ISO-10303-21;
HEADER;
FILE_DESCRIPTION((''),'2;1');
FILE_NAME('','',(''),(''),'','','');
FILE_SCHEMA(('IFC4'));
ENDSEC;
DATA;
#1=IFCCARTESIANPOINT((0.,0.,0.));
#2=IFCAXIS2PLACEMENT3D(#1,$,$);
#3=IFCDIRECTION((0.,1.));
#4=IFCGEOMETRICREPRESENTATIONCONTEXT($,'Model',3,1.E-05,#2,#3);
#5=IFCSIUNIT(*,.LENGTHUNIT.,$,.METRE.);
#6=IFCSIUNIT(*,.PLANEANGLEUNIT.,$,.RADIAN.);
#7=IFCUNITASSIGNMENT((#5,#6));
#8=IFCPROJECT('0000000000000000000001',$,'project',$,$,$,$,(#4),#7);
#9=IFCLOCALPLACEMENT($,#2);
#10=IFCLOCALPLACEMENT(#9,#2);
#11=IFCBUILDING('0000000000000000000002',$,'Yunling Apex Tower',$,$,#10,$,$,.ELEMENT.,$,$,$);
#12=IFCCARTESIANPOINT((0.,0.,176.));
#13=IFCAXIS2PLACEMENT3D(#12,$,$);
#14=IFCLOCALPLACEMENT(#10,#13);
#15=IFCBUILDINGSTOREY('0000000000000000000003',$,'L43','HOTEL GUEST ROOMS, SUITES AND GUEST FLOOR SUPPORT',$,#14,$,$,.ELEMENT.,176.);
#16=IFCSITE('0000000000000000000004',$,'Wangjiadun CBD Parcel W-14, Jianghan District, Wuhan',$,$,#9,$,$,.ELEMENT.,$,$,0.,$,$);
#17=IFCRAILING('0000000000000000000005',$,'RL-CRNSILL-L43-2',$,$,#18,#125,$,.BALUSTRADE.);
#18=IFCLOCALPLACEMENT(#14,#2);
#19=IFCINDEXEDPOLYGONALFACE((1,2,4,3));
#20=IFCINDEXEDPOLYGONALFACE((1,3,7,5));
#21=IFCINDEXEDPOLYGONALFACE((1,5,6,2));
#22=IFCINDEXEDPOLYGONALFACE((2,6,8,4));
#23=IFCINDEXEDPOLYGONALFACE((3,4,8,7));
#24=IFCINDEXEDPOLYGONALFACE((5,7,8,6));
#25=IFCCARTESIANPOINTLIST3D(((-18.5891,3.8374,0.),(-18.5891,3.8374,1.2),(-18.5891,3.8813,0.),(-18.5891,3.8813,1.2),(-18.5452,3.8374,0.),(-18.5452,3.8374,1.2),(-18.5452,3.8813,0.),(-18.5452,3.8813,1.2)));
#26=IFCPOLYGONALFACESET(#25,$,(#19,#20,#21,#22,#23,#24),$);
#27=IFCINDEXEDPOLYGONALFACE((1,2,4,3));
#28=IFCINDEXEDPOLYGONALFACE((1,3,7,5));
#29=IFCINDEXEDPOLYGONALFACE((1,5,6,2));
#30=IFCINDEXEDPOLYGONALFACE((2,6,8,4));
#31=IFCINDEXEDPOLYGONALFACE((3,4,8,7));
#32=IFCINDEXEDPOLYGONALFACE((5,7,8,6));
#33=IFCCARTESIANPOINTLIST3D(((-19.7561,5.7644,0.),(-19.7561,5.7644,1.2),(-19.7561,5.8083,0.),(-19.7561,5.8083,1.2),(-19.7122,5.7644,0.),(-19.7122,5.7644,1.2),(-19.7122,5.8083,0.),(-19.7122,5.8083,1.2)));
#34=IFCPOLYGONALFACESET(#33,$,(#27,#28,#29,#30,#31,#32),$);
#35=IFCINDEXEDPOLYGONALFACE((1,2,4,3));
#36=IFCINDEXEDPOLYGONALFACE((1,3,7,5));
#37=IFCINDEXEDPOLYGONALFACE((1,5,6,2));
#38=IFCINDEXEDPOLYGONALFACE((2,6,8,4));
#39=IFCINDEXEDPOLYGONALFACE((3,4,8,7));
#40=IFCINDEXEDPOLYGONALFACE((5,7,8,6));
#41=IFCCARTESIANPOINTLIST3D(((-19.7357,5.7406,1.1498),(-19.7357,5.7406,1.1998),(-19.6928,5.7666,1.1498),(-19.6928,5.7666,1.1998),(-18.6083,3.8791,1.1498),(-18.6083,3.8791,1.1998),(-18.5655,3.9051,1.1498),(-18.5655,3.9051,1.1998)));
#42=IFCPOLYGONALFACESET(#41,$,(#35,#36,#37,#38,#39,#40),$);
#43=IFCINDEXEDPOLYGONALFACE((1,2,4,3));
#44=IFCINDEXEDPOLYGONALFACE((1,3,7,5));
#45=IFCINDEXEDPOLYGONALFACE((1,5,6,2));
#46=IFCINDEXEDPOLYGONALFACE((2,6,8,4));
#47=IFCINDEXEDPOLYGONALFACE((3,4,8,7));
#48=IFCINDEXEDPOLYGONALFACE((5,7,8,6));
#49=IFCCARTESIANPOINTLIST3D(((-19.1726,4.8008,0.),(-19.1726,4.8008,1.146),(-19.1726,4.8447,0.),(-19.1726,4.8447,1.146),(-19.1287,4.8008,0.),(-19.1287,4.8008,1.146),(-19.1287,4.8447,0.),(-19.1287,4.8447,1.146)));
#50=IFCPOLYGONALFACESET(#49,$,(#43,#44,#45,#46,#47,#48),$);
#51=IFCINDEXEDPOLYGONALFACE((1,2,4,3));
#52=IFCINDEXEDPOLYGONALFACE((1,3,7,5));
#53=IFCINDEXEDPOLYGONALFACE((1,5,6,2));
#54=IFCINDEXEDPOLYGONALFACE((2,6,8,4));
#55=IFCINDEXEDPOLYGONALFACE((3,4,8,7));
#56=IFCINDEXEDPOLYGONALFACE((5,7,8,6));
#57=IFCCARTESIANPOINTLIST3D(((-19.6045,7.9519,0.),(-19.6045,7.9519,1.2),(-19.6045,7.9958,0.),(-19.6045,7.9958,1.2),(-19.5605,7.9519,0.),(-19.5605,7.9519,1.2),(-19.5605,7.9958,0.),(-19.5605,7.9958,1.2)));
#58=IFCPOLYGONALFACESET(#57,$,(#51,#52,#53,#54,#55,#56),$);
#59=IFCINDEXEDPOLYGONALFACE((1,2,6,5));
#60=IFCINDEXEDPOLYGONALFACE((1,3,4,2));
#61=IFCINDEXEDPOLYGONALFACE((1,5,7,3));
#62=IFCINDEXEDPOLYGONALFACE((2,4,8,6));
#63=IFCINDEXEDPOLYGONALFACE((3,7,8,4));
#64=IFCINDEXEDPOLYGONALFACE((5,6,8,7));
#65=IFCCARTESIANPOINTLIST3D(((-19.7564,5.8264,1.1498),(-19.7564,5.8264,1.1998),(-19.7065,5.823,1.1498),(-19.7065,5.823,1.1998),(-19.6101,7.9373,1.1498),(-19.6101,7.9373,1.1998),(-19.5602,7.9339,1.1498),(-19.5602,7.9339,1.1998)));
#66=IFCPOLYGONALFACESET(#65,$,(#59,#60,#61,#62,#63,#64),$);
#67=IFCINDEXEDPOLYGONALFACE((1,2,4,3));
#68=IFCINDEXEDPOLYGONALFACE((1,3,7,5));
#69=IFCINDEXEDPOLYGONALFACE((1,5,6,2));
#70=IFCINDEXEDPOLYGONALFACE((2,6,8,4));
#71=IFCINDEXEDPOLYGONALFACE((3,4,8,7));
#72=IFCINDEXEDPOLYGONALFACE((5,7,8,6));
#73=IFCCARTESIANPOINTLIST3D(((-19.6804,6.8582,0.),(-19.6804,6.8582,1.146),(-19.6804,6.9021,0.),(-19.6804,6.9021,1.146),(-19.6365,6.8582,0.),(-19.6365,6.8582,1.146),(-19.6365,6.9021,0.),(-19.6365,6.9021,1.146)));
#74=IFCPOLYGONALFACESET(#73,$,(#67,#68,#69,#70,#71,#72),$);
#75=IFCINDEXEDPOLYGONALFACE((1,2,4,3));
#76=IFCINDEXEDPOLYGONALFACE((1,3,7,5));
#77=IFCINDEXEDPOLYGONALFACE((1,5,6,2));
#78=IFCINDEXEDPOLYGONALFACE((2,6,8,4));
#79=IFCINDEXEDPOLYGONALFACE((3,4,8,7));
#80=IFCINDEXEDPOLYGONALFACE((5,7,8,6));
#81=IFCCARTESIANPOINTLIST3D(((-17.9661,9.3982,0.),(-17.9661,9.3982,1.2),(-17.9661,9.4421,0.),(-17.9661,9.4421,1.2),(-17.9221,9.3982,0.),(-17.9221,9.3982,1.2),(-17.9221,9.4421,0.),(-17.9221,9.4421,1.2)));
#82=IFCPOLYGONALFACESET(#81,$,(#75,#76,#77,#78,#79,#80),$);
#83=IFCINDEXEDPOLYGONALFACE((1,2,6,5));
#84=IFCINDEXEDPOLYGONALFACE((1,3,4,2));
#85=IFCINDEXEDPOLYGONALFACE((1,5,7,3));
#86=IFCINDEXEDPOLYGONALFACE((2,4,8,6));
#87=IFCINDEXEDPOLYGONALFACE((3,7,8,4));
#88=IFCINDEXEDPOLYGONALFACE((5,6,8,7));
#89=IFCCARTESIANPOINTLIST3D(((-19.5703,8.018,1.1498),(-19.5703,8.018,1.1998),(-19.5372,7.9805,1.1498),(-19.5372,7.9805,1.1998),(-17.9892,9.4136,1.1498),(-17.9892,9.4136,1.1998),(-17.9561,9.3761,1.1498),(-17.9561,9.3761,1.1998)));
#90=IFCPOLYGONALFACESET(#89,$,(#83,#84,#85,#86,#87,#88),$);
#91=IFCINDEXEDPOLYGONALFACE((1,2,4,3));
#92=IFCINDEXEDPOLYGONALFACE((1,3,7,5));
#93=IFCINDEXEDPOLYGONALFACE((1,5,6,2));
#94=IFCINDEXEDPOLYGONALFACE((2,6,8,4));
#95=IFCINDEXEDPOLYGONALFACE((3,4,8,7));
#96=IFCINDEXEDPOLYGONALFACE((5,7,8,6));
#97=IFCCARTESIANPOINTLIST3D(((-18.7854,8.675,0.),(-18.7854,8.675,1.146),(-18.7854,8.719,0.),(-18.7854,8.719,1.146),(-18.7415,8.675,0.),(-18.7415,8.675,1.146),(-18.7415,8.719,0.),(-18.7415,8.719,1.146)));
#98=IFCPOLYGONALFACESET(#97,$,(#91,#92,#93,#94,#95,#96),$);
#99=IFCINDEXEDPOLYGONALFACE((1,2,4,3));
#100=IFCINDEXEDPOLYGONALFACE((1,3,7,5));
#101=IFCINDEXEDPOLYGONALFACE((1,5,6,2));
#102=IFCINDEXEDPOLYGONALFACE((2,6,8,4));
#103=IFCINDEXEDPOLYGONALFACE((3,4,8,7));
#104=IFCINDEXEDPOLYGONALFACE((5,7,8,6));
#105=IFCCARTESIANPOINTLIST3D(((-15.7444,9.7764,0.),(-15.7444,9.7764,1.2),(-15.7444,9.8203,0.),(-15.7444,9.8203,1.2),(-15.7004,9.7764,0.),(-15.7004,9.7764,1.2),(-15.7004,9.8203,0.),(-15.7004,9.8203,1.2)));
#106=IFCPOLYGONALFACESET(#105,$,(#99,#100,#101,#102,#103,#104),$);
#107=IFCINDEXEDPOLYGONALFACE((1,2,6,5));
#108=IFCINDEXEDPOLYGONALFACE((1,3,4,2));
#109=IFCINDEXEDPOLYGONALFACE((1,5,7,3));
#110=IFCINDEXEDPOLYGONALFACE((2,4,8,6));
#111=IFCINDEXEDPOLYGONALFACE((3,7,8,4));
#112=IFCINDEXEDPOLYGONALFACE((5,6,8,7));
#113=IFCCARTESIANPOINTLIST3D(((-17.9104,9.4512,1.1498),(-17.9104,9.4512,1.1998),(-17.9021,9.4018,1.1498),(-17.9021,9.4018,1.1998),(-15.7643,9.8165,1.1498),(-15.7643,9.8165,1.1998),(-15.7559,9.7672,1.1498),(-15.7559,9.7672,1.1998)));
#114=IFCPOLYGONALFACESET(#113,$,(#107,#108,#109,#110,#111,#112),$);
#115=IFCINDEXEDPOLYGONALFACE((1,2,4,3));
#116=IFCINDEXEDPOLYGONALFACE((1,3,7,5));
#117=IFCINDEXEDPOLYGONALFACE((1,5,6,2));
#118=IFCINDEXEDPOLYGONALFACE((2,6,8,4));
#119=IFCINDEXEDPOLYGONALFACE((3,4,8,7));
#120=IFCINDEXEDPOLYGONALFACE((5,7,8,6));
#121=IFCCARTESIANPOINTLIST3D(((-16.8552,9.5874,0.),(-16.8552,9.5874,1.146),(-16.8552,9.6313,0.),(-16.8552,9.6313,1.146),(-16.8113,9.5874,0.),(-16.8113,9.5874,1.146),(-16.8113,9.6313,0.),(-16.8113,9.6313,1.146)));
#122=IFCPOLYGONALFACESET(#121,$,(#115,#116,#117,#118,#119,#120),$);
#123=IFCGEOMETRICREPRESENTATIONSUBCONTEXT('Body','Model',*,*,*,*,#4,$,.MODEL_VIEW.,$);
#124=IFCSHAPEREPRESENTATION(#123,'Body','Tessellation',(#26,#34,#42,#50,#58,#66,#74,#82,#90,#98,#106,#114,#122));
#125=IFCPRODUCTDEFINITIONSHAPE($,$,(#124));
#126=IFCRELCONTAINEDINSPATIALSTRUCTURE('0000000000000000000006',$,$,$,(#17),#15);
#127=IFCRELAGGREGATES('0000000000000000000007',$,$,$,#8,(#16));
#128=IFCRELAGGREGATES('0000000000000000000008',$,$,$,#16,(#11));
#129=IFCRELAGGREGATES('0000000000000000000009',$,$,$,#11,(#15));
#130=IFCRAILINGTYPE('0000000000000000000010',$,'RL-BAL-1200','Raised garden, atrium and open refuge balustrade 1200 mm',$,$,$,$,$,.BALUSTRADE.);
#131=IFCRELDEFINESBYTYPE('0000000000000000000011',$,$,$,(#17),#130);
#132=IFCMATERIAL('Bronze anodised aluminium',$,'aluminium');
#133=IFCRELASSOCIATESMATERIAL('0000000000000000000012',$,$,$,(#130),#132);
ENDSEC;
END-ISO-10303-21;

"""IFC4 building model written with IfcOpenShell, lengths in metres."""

from ifc_helpers import new_model, si_unit, direction, frame, origin, origin_2d, place, context, subcontext, project, spatial, rectangle, extrude, material, type_object, element, save


model = new_model("IFC4")

# Units and contexts
model_context = context("Model", 3, precision=1e-05, world=origin(), true_north=direction((0.0, 1.0)))
body_context = subcontext(model_context, "Body", "Model", "MODEL_VIEW")
ifc_project = project(units=[si_unit("LENGTHUNIT", "METRE"), si_unit("PLANEANGLEUNIT", "RADIAN")], contexts=[model_context])

# Site, building, storey
site_placement = place(None, origin())
site = spatial("IfcSite", under=ifc_project, at=site_placement, Name="Wangjiadun CBD Parcel W-14, Jianghan District, Wuhan", CompositionType="ELEMENT", RefElevation=0.0)
building_placement = place(site_placement, origin())
building = spatial("IfcBuilding", under=site, at=building_placement, Name="Yunling Apex Tower", CompositionType="ELEMENT")
storey_placement = place(building_placement, frame((0.0, 0.0, 176.0)))
storey = spatial("IfcBuildingStorey", under=building, at=storey_placement, Name="L43", Description="HOTEL GUEST ROOMS, SUITES AND GUEST FLOOR SUPPORT", CompositionType="ELEMENT", Elevation=176.0)

# Shared definitions
ifc_material_1 = material(Name="Bronze anodised aluminium", Category="aluminium")

# Railing
railing_type = type_object("IfcRailingType", Name="RL-BAL-1200", Description="Raised garden, atrium and open refuge balustrade 1200 mm", PredefinedType="BALUSTRADE", material=ifc_material_1)
railing_placement = place(storey_placement, frame((-18.5671, 3.8594, 0.0)))
element("IfcRailing", 1, at=railing_placement, inside=storey, type_object=railing_type, Name="RL-CRNSILL-L43-2", PredefinedType="BALUSTRADE", context=body_context, shape_type="SweptSolid", body=[
    extrude(rectangle(XDim=0.0439, YDim=0.0439, at=origin_2d()), origin(), (0.0, 0.0, 1.0), 1.2),
    extrude(rectangle(XDim=0.0439, YDim=0.0439, at=origin_2d()), frame((-1.167, 1.927, 0.0)), (0.0, 0.0, 1.0), 1.2),
    extrude(rectangle(XDim=0.05, YDim=0.05, at=origin_2d()), frame((-0.0198, 0.0327, 1.1748), z_axis=(-0.518013, 0.855372, 0.0), x_axis=(-0.855372, -0.518013, 0.0)), (0.0, 0.0, 1.0), 2.1763),
    extrude(rectangle(XDim=0.0439, YDim=0.0439, at=origin_2d()), frame((-0.5835, 0.9634, 0.0)), (0.0, 0.0, 1.0), 1.146),
    extrude(rectangle(XDim=0.0439, YDim=0.0439, at=origin_2d()), frame((-1.0154, 4.1145, 0.0)), (0.0, 0.0, 1.0), 1.2),
    extrude(rectangle(XDim=0.05, YDim=0.05, at=origin_2d()), frame((-1.1643, 1.9653, 1.1748), z_axis=(0.069142, 0.997607, 0.0), x_axis=(-0.997607, 0.069142, 0.0)), (0.0, 0.0, 1.0), 2.116),
    extrude(rectangle(XDim=0.0439, YDim=0.0439, at=origin_2d()), frame((-1.0913, 3.0208, 0.0)), (0.0, 0.0, 1.0), 1.146),
    extrude(rectangle(XDim=0.0439, YDim=0.0439, at=origin_2d()), frame((0.623, 5.5608, 0.0)), (0.0, 0.0, 1.0), 1.2),
    extrude(rectangle(XDim=0.05, YDim=0.05, at=origin_2d()), frame((-0.9866, 4.1399, 1.1748), z_axis=(0.749698, 0.66178, 0.0), x_axis=(-0.66178, 0.749698, 0.0)), (0.0, 0.0, 1.0), 2.1089),
    extrude(rectangle(XDim=0.0439, YDim=0.0439, at=origin_2d()), frame((-0.1963, 4.8376, 0.0)), (0.0, 0.0, 1.0), 1.146),
    extrude(rectangle(XDim=0.0439, YDim=0.0439, at=origin_2d()), frame((2.8447, 5.939, 0.0)), (0.0, 0.0, 1.0), 1.2),
    extrude(rectangle(XDim=0.05, YDim=0.05, at=origin_2d()), frame((0.6609, 5.5671, 1.1748), z_axis=(0.98582, 0.167806, 0.0), x_axis=(-0.167806, 0.98582, 0.0)), (0.0, 0.0, 1.0), 2.177),
    extrude(rectangle(XDim=0.0439, YDim=0.0439, at=origin_2d()), frame((1.7339, 5.75, 0.0)), (0.0, 0.0, 1.0), 1.146),
])

save(model, "model.ifc")
